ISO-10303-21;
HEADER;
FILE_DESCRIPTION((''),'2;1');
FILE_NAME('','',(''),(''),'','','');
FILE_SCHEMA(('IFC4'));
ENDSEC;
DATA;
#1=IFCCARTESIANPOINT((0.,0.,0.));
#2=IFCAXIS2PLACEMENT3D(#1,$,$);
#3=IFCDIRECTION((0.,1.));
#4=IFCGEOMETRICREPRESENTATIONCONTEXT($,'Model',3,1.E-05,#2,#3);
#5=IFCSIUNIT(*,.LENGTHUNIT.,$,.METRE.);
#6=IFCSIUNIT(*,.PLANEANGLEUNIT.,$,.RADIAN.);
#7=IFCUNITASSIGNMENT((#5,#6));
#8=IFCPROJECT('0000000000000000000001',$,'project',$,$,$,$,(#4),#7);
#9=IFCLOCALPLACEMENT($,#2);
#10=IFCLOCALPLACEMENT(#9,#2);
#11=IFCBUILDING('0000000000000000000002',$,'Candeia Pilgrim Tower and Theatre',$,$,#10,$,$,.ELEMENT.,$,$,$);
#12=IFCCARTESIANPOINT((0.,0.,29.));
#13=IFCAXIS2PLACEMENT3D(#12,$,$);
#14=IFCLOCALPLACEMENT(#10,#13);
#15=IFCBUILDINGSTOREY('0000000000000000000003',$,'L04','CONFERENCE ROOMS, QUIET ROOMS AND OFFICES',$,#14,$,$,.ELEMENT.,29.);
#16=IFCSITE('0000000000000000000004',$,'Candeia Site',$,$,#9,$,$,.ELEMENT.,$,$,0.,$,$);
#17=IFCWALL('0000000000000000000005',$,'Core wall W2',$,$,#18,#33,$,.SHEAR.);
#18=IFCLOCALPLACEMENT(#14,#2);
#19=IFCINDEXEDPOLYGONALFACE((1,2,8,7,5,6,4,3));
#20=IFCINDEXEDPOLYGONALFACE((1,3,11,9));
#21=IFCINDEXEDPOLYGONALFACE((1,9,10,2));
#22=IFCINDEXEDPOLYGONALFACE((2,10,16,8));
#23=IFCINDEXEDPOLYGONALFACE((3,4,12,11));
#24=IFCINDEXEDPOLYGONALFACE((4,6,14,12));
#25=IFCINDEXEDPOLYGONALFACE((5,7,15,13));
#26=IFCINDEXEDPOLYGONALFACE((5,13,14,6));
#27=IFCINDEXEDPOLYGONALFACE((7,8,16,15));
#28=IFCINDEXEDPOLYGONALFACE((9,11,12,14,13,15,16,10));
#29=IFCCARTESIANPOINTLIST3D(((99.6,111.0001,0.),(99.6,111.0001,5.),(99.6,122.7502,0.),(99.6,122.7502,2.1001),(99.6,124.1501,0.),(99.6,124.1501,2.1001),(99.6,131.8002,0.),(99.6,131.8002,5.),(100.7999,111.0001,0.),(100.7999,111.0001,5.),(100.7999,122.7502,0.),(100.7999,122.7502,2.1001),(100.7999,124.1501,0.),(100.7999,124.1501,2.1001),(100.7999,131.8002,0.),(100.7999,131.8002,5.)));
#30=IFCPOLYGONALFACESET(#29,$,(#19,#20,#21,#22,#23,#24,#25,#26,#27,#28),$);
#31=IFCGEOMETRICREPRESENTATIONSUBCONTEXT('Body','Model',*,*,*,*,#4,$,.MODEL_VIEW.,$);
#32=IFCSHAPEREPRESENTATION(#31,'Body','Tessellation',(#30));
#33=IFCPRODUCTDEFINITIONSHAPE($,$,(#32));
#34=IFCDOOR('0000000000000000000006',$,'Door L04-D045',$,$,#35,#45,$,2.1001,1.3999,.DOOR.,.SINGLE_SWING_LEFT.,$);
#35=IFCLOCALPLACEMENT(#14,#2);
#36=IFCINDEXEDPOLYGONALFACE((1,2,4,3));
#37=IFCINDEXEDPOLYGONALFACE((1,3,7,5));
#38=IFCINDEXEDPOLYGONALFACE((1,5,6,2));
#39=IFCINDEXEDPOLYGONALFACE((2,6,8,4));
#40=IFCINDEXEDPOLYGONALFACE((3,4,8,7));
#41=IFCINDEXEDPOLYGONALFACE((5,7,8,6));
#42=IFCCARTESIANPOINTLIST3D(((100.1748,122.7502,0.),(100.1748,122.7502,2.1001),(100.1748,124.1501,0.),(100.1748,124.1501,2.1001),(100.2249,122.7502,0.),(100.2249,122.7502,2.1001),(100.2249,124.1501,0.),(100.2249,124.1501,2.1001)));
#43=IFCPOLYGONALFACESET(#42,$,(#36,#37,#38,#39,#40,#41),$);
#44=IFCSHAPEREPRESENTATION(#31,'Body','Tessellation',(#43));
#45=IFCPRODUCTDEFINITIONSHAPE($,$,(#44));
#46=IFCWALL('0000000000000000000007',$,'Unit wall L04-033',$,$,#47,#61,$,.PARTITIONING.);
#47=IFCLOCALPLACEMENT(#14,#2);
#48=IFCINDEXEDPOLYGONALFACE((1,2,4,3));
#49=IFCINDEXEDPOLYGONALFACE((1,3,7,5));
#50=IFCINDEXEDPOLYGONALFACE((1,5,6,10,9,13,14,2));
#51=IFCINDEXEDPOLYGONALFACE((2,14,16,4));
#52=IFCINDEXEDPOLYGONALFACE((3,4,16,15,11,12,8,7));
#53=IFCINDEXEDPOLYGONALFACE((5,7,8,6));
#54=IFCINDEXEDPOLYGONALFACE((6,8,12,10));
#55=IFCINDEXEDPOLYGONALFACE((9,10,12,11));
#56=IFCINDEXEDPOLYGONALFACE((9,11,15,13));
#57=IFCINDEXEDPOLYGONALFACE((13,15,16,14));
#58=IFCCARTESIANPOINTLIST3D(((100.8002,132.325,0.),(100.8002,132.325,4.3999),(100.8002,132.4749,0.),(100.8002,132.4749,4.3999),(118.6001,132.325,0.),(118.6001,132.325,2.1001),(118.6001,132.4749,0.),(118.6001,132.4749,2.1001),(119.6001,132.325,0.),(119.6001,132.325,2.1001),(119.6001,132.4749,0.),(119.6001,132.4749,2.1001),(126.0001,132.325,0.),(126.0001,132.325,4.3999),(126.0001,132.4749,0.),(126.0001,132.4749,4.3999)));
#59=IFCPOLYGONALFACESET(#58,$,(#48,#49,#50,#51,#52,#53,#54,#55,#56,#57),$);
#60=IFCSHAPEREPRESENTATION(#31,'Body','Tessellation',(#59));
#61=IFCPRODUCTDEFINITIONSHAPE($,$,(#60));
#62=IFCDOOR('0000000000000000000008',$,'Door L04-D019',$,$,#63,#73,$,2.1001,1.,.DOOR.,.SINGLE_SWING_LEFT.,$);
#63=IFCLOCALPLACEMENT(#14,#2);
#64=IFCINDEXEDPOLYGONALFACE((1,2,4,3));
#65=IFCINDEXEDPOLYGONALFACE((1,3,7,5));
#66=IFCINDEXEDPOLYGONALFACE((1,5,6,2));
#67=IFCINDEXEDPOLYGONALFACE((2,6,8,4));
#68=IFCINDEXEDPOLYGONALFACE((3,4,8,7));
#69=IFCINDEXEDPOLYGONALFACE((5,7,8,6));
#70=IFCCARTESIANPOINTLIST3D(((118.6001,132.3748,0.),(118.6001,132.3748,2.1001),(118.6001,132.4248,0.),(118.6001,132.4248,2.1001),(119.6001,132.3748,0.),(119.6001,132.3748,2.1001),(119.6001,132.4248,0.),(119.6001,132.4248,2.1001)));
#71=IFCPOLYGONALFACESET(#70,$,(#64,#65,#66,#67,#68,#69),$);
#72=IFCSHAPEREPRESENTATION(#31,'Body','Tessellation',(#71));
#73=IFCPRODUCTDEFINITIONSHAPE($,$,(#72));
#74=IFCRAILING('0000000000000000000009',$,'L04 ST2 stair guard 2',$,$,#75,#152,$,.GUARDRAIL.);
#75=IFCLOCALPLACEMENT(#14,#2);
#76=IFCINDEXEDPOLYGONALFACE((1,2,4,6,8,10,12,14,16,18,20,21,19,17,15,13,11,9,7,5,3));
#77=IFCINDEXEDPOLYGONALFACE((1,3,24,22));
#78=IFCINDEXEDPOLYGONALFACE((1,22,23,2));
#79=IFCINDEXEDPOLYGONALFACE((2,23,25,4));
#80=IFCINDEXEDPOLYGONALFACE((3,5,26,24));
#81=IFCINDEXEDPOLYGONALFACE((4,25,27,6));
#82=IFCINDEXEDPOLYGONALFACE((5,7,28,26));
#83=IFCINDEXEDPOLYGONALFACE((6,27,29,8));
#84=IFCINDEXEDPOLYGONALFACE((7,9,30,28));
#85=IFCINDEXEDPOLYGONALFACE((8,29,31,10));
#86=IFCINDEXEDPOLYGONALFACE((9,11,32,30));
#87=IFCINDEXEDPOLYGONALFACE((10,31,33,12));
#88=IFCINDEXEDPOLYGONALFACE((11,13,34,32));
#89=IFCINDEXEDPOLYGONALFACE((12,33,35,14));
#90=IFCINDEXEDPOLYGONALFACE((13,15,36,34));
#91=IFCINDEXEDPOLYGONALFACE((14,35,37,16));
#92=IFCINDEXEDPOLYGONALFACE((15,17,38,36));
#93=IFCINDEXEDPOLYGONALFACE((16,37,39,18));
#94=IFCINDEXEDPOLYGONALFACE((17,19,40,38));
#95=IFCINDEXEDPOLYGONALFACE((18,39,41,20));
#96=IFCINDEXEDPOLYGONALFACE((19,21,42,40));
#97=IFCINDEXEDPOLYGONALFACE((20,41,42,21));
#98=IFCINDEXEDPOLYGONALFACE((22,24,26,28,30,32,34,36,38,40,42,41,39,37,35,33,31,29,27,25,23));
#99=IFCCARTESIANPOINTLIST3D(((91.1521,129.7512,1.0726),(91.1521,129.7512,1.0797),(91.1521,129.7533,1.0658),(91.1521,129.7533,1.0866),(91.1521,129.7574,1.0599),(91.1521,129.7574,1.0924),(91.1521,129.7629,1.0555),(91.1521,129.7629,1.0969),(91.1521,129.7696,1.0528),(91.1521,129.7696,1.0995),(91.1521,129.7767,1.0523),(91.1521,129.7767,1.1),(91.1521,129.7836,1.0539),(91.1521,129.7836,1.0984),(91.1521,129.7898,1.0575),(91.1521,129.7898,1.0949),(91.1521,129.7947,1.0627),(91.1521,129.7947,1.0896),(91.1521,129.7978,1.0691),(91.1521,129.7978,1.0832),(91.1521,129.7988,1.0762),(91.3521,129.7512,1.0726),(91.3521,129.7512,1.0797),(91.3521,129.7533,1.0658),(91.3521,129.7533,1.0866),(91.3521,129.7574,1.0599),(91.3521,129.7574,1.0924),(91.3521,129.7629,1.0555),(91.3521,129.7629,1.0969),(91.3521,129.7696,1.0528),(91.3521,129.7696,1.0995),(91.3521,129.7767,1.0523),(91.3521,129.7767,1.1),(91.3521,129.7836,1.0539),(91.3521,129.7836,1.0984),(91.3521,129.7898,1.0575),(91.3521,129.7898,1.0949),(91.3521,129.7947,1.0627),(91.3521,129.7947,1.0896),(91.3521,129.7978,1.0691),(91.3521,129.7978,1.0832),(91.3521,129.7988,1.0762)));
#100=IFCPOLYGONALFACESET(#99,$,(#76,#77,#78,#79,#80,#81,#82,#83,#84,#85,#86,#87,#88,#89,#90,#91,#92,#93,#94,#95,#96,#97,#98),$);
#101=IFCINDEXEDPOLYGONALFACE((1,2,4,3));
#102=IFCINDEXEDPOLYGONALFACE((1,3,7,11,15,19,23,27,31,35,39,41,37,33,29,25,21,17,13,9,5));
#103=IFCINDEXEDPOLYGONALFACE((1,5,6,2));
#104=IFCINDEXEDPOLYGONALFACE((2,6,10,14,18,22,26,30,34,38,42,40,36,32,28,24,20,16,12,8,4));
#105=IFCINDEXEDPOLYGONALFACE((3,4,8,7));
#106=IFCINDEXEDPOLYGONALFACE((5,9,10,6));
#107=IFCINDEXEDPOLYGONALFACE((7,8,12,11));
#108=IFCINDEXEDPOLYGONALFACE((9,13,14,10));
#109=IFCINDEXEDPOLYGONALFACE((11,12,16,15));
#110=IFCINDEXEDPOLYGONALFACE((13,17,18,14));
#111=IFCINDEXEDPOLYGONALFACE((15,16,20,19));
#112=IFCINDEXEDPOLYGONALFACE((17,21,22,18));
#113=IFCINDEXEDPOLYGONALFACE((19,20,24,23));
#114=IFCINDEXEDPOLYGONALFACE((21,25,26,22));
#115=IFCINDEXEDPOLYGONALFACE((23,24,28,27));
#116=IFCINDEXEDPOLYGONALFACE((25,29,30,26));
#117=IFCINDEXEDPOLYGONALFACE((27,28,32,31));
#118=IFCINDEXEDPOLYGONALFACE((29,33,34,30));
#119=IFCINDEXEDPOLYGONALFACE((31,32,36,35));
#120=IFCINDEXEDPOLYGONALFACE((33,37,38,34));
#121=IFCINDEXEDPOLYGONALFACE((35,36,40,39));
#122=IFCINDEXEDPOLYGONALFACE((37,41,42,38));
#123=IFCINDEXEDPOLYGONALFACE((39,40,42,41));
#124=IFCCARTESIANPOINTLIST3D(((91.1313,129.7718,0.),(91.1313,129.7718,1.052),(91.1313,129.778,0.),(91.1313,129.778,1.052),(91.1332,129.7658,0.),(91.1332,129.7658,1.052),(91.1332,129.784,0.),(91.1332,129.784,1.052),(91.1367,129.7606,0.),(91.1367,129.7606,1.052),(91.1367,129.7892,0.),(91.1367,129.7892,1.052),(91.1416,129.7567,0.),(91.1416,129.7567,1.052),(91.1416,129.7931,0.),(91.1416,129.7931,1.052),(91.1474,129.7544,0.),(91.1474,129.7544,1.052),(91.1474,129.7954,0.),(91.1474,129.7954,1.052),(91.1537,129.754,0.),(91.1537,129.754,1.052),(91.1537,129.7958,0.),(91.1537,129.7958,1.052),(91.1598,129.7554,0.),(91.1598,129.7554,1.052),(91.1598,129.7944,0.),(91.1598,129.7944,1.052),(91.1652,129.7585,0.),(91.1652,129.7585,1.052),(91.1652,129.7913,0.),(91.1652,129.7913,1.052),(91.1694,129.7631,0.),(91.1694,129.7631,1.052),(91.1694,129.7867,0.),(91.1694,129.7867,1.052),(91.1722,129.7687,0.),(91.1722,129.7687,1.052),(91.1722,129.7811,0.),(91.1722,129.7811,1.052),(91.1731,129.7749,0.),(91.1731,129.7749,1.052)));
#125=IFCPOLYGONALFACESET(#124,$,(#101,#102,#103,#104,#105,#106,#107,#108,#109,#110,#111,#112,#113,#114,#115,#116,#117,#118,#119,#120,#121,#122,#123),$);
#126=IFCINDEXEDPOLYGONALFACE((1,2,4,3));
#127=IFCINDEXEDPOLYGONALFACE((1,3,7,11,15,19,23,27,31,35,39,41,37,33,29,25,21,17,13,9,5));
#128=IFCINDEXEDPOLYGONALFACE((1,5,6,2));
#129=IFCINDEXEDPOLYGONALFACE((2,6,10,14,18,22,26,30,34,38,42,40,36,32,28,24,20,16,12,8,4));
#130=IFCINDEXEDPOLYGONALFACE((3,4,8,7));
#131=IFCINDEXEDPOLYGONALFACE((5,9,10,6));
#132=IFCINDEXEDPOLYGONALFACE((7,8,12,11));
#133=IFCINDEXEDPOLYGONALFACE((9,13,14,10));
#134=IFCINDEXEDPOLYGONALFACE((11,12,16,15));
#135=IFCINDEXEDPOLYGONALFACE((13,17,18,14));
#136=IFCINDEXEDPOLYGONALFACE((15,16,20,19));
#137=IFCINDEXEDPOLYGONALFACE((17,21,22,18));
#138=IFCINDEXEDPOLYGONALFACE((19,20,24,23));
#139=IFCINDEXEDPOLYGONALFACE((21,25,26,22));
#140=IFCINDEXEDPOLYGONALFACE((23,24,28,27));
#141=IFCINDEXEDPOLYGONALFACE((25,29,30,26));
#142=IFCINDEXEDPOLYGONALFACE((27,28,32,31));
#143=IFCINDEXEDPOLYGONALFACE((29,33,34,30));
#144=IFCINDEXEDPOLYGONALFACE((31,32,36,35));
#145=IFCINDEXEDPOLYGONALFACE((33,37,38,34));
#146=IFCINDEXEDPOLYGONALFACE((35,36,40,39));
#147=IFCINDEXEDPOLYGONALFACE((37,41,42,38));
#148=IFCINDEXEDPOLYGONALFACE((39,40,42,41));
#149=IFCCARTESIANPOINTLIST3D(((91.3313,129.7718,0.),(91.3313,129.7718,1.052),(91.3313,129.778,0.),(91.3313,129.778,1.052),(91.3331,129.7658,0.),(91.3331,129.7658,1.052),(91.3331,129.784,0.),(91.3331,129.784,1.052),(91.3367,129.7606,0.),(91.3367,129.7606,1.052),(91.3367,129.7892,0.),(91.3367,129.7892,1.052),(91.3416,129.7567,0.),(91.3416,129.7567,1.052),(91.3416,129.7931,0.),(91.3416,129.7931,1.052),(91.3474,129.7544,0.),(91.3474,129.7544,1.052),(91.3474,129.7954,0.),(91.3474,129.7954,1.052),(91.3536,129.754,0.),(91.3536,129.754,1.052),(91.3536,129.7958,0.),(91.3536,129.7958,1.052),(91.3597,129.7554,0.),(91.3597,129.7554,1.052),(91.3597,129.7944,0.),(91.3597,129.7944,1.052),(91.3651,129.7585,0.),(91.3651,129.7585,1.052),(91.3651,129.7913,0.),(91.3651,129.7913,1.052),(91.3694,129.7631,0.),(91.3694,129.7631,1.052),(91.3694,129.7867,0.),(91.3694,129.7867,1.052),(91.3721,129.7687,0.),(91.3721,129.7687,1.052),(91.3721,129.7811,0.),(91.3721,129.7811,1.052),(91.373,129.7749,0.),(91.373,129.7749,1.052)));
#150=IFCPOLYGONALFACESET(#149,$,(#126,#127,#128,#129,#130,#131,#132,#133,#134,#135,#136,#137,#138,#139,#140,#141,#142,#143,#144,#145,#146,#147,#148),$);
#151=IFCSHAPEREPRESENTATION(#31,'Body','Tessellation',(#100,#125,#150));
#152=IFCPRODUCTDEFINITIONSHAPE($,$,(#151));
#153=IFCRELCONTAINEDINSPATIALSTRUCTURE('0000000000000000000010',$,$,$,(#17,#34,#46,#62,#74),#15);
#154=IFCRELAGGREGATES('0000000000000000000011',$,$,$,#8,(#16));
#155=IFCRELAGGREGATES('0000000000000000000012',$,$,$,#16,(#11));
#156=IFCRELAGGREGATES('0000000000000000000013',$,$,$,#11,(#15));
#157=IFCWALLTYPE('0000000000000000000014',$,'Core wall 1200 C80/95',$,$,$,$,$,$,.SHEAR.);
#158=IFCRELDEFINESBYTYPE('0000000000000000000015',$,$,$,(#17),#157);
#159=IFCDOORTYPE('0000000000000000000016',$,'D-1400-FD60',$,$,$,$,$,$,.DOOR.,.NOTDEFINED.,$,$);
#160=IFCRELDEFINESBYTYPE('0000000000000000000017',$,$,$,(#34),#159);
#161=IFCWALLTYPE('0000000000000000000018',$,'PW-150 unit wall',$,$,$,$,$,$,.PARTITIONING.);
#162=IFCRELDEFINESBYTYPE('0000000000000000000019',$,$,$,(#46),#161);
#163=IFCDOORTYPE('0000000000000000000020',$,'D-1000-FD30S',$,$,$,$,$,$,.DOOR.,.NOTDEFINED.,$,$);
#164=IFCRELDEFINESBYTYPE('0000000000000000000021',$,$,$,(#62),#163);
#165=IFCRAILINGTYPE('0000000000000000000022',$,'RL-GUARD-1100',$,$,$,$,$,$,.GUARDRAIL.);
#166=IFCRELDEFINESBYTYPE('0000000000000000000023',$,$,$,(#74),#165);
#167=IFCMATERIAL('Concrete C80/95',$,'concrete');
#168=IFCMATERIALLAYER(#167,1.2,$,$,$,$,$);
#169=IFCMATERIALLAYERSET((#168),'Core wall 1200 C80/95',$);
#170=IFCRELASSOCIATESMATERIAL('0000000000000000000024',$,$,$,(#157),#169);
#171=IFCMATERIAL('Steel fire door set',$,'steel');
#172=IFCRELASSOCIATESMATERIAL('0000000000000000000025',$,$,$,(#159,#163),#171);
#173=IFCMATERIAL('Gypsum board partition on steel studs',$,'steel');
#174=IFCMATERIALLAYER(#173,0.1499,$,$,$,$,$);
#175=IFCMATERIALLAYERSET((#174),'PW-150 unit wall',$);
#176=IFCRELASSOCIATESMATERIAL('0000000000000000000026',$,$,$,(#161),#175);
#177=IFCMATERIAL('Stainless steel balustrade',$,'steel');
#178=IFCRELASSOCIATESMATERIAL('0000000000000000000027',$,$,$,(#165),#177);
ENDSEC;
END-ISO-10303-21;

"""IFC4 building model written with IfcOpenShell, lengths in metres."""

from ifc_helpers import new_model, si_unit, direction, frame, frame_2d, origin, origin_2d, place, context, subcontext, project, spatial, rectangle, circle, extrude, material, layer, layer_set, type_object, element, fill, save


model = new_model("IFC4")

# Units and contexts
model_context = context("Model", 3, precision=1e-05, world=origin(), true_north=direction((0.0, 1.0)))
body_context = subcontext(model_context, "Body", "Model", "MODEL_VIEW")
ifc_project = project(units=[si_unit("LENGTHUNIT", "METRE"), si_unit("PLANEANGLEUNIT", "RADIAN")], contexts=[model_context])

# Site, building, storey
site_placement = place(None, origin())
site = spatial("IfcSite", under=ifc_project, at=site_placement, Name="Candeia Site", CompositionType="ELEMENT", RefElevation=0.0)
building_placement = place(site_placement, origin())
building = spatial("IfcBuilding", under=site, at=building_placement, Name="Candeia Pilgrim Tower and Theatre", CompositionType="ELEMENT")
storey_placement = place(building_placement, frame((0.0, 0.0, 29.0)))
storey = spatial("IfcBuildingStorey", under=building, at=storey_placement, Name="L04", Description="CONFERENCE ROOMS, QUIET ROOMS AND OFFICES", CompositionType="ELEMENT", Elevation=29.0)

# Shared definitions
ifc_material_1 = material(Name="Concrete C80/95", Category="concrete")

# Walls, openings, doors
ifc_layer_1 = layer(ifc_material_1, 1.2)
ifc_layer_set_1 = layer_set([ifc_layer_1], Name="Core wall 1200 C80/95")
wall_type_1 = type_object("IfcWallType", Name="Core wall 1200 C80/95", PredefinedType="SHEAR", material=ifc_layer_set_1)
wall_1_placement = place(storey_placement, frame((100.2, 131.8, 0.0), z_axis=(0.0, 0.0, 1.0), x_axis=(0.0, -1.0, 0.0)))
wall_1 = element("IfcWall", 1, at=wall_1_placement, inside=storey, type_object=wall_type_1, Name="Core wall W2", PredefinedType="SHEAR", context=body_context, shape_type="SweptSolid", body=[
    extrude(rectangle(XDim=20.8, YDim=1.2, at=frame_2d((10.3999, 0.0))), origin(), (0.0, 0.0, 1.0), 5.0),
])
opening_1_placement = place(wall_1_placement, frame((7.6499, 0.0, 0.0)))
opening_1 = element("IfcOpeningElement", 2, at=opening_1_placement, cuts=wall_1, PredefinedType="OPENING", context=body_context, shape_type="SweptSolid", body=[
    extrude(rectangle(XDim=1.3999, YDim=2.1001, at=frame_2d((0.7, 1.05))), frame((0.0, 0.6099, 0.0), z_axis=(0.0, -1.0, 0.0), x_axis=(1.0, 0.0, 0.0)), (0.0, 0.0, 1.0), 1.22),
])
ifc_material_2 = material(Name="Steel fire door set", Category="steel")
door_type_1 = type_object("IfcDoorType", Name="D-1400-FD60", OperationType="NOTDEFINED", PredefinedType="DOOR", material=ifc_material_2)
door_1_placement = place(opening_1_placement, origin())
door_1 = element("IfcDoor", 3, at=door_1_placement, inside=storey, type_object=door_type_1, Name="Door L04-D045", OperationType="SINGLE_SWING_LEFT", OverallHeight=2.1001, OverallWidth=1.3999, PredefinedType="DOOR", context=body_context, shape_type="SweptSolid", body=[
    extrude(rectangle(XDim=1.3999, YDim=2.1001, at=frame_2d((0.7, 1.05))), frame((0.0, 0.0249, 0.0), z_axis=(0.0, -1.0, 0.0), x_axis=(1.0, 0.0, 0.0)), (0.0, 0.0, 1.0), 0.05),
])
fill(opening_1, door_1)
ifc_material_3 = material(Name="Gypsum board partition on steel studs", Category="steel")
ifc_layer_2 = layer(ifc_material_3, 0.1499)
ifc_layer_set_2 = layer_set([ifc_layer_2], Name="PW-150 unit wall")
wall_type_2 = type_object("IfcWallType", Name="PW-150 unit wall", PredefinedType="PARTITIONING", material=ifc_layer_set_2)
wall_2_placement = place(storey_placement, frame((100.8, 132.3999, 0.0), z_axis=(0.0, 0.0, 1.0), x_axis=(1.0, 0.0, 0.0)))
wall_2 = element("IfcWall", 4, at=wall_2_placement, inside=storey, type_object=wall_type_2, Name="Unit wall L04-033", PredefinedType="PARTITIONING", context=body_context, shape_type="SweptSolid", body=[
    extrude(rectangle(XDim=25.2, YDim=0.1499, at=frame_2d((12.6001, 0.0))), origin(), (0.0, 0.0, 1.0), 4.3999),
])
opening_2_placement = place(wall_2_placement, frame((17.8, 0.0, 0.0)))
opening_2 = element("IfcOpeningElement", 5, at=opening_2_placement, cuts=wall_2, PredefinedType="OPENING", context=body_context, shape_type="SweptSolid", body=[
    extrude(rectangle(XDim=1.0, YDim=2.1001, at=frame_2d((0.5, 1.05))), frame((0.0, 0.085, 0.0), z_axis=(0.0, -1.0, 0.0), x_axis=(1.0, 0.0, 0.0)), (0.0, 0.0, 1.0), 0.1699),
])
door_type_2 = type_object("IfcDoorType", Name="D-1000-FD30S", OperationType="NOTDEFINED", PredefinedType="DOOR", material=ifc_material_2)
door_2_placement = place(opening_2_placement, origin())
door_2 = element("IfcDoor", 6, at=door_2_placement, inside=storey, type_object=door_type_2, Name="Door L04-D019", OperationType="SINGLE_SWING_LEFT", OverallHeight=2.1001, OverallWidth=1.0, PredefinedType="DOOR", context=body_context, shape_type="SweptSolid", body=[
    extrude(rectangle(XDim=1.0, YDim=2.1001, at=frame_2d((0.5, 1.05))), frame((0.0, 0.0249, 0.0), z_axis=(0.0, -1.0, 0.0), x_axis=(1.0, 0.0, 0.0)), (0.0, 0.0, 1.0), 0.05),
])
fill(opening_2, door_2)

# Railing
ifc_material_4 = material(Name="Stainless steel balustrade", Category="steel")
railing_type = type_object("IfcRailingType", Name="RL-GUARD-1100", PredefinedType="GUARDRAIL", material=ifc_material_4)
railing_1_placement = place(storey_placement, frame((91.1521, 129.7749, 0.0)))
element("IfcRailing", 7, at=railing_1_placement, inside=storey, type_object=railing_type, Name="L04 ST2 stair guard 2", PredefinedType="GUARDRAIL", context=body_context, shape_type="SweptSolid", body=[
    extrude(circle(Radius=0.0239, at=origin_2d()), frame((0.0, 0.0, 1.0762), z_axis=(1.0, 0.0, 0.0), x_axis=(0.0, 1.0, 0.0)), (0.0, 0.0, 1.0), 0.2),
    extrude(circle(Radius=0.021, at=origin_2d()), origin(), (0.0, 0.0, 1.0), 1.052),
    extrude(circle(Radius=0.021, at=origin_2d()), frame((0.2, 0.0, 0.0)), (0.0, 0.0, 1.0), 1.052),
])

save(model, "model.ifc")
